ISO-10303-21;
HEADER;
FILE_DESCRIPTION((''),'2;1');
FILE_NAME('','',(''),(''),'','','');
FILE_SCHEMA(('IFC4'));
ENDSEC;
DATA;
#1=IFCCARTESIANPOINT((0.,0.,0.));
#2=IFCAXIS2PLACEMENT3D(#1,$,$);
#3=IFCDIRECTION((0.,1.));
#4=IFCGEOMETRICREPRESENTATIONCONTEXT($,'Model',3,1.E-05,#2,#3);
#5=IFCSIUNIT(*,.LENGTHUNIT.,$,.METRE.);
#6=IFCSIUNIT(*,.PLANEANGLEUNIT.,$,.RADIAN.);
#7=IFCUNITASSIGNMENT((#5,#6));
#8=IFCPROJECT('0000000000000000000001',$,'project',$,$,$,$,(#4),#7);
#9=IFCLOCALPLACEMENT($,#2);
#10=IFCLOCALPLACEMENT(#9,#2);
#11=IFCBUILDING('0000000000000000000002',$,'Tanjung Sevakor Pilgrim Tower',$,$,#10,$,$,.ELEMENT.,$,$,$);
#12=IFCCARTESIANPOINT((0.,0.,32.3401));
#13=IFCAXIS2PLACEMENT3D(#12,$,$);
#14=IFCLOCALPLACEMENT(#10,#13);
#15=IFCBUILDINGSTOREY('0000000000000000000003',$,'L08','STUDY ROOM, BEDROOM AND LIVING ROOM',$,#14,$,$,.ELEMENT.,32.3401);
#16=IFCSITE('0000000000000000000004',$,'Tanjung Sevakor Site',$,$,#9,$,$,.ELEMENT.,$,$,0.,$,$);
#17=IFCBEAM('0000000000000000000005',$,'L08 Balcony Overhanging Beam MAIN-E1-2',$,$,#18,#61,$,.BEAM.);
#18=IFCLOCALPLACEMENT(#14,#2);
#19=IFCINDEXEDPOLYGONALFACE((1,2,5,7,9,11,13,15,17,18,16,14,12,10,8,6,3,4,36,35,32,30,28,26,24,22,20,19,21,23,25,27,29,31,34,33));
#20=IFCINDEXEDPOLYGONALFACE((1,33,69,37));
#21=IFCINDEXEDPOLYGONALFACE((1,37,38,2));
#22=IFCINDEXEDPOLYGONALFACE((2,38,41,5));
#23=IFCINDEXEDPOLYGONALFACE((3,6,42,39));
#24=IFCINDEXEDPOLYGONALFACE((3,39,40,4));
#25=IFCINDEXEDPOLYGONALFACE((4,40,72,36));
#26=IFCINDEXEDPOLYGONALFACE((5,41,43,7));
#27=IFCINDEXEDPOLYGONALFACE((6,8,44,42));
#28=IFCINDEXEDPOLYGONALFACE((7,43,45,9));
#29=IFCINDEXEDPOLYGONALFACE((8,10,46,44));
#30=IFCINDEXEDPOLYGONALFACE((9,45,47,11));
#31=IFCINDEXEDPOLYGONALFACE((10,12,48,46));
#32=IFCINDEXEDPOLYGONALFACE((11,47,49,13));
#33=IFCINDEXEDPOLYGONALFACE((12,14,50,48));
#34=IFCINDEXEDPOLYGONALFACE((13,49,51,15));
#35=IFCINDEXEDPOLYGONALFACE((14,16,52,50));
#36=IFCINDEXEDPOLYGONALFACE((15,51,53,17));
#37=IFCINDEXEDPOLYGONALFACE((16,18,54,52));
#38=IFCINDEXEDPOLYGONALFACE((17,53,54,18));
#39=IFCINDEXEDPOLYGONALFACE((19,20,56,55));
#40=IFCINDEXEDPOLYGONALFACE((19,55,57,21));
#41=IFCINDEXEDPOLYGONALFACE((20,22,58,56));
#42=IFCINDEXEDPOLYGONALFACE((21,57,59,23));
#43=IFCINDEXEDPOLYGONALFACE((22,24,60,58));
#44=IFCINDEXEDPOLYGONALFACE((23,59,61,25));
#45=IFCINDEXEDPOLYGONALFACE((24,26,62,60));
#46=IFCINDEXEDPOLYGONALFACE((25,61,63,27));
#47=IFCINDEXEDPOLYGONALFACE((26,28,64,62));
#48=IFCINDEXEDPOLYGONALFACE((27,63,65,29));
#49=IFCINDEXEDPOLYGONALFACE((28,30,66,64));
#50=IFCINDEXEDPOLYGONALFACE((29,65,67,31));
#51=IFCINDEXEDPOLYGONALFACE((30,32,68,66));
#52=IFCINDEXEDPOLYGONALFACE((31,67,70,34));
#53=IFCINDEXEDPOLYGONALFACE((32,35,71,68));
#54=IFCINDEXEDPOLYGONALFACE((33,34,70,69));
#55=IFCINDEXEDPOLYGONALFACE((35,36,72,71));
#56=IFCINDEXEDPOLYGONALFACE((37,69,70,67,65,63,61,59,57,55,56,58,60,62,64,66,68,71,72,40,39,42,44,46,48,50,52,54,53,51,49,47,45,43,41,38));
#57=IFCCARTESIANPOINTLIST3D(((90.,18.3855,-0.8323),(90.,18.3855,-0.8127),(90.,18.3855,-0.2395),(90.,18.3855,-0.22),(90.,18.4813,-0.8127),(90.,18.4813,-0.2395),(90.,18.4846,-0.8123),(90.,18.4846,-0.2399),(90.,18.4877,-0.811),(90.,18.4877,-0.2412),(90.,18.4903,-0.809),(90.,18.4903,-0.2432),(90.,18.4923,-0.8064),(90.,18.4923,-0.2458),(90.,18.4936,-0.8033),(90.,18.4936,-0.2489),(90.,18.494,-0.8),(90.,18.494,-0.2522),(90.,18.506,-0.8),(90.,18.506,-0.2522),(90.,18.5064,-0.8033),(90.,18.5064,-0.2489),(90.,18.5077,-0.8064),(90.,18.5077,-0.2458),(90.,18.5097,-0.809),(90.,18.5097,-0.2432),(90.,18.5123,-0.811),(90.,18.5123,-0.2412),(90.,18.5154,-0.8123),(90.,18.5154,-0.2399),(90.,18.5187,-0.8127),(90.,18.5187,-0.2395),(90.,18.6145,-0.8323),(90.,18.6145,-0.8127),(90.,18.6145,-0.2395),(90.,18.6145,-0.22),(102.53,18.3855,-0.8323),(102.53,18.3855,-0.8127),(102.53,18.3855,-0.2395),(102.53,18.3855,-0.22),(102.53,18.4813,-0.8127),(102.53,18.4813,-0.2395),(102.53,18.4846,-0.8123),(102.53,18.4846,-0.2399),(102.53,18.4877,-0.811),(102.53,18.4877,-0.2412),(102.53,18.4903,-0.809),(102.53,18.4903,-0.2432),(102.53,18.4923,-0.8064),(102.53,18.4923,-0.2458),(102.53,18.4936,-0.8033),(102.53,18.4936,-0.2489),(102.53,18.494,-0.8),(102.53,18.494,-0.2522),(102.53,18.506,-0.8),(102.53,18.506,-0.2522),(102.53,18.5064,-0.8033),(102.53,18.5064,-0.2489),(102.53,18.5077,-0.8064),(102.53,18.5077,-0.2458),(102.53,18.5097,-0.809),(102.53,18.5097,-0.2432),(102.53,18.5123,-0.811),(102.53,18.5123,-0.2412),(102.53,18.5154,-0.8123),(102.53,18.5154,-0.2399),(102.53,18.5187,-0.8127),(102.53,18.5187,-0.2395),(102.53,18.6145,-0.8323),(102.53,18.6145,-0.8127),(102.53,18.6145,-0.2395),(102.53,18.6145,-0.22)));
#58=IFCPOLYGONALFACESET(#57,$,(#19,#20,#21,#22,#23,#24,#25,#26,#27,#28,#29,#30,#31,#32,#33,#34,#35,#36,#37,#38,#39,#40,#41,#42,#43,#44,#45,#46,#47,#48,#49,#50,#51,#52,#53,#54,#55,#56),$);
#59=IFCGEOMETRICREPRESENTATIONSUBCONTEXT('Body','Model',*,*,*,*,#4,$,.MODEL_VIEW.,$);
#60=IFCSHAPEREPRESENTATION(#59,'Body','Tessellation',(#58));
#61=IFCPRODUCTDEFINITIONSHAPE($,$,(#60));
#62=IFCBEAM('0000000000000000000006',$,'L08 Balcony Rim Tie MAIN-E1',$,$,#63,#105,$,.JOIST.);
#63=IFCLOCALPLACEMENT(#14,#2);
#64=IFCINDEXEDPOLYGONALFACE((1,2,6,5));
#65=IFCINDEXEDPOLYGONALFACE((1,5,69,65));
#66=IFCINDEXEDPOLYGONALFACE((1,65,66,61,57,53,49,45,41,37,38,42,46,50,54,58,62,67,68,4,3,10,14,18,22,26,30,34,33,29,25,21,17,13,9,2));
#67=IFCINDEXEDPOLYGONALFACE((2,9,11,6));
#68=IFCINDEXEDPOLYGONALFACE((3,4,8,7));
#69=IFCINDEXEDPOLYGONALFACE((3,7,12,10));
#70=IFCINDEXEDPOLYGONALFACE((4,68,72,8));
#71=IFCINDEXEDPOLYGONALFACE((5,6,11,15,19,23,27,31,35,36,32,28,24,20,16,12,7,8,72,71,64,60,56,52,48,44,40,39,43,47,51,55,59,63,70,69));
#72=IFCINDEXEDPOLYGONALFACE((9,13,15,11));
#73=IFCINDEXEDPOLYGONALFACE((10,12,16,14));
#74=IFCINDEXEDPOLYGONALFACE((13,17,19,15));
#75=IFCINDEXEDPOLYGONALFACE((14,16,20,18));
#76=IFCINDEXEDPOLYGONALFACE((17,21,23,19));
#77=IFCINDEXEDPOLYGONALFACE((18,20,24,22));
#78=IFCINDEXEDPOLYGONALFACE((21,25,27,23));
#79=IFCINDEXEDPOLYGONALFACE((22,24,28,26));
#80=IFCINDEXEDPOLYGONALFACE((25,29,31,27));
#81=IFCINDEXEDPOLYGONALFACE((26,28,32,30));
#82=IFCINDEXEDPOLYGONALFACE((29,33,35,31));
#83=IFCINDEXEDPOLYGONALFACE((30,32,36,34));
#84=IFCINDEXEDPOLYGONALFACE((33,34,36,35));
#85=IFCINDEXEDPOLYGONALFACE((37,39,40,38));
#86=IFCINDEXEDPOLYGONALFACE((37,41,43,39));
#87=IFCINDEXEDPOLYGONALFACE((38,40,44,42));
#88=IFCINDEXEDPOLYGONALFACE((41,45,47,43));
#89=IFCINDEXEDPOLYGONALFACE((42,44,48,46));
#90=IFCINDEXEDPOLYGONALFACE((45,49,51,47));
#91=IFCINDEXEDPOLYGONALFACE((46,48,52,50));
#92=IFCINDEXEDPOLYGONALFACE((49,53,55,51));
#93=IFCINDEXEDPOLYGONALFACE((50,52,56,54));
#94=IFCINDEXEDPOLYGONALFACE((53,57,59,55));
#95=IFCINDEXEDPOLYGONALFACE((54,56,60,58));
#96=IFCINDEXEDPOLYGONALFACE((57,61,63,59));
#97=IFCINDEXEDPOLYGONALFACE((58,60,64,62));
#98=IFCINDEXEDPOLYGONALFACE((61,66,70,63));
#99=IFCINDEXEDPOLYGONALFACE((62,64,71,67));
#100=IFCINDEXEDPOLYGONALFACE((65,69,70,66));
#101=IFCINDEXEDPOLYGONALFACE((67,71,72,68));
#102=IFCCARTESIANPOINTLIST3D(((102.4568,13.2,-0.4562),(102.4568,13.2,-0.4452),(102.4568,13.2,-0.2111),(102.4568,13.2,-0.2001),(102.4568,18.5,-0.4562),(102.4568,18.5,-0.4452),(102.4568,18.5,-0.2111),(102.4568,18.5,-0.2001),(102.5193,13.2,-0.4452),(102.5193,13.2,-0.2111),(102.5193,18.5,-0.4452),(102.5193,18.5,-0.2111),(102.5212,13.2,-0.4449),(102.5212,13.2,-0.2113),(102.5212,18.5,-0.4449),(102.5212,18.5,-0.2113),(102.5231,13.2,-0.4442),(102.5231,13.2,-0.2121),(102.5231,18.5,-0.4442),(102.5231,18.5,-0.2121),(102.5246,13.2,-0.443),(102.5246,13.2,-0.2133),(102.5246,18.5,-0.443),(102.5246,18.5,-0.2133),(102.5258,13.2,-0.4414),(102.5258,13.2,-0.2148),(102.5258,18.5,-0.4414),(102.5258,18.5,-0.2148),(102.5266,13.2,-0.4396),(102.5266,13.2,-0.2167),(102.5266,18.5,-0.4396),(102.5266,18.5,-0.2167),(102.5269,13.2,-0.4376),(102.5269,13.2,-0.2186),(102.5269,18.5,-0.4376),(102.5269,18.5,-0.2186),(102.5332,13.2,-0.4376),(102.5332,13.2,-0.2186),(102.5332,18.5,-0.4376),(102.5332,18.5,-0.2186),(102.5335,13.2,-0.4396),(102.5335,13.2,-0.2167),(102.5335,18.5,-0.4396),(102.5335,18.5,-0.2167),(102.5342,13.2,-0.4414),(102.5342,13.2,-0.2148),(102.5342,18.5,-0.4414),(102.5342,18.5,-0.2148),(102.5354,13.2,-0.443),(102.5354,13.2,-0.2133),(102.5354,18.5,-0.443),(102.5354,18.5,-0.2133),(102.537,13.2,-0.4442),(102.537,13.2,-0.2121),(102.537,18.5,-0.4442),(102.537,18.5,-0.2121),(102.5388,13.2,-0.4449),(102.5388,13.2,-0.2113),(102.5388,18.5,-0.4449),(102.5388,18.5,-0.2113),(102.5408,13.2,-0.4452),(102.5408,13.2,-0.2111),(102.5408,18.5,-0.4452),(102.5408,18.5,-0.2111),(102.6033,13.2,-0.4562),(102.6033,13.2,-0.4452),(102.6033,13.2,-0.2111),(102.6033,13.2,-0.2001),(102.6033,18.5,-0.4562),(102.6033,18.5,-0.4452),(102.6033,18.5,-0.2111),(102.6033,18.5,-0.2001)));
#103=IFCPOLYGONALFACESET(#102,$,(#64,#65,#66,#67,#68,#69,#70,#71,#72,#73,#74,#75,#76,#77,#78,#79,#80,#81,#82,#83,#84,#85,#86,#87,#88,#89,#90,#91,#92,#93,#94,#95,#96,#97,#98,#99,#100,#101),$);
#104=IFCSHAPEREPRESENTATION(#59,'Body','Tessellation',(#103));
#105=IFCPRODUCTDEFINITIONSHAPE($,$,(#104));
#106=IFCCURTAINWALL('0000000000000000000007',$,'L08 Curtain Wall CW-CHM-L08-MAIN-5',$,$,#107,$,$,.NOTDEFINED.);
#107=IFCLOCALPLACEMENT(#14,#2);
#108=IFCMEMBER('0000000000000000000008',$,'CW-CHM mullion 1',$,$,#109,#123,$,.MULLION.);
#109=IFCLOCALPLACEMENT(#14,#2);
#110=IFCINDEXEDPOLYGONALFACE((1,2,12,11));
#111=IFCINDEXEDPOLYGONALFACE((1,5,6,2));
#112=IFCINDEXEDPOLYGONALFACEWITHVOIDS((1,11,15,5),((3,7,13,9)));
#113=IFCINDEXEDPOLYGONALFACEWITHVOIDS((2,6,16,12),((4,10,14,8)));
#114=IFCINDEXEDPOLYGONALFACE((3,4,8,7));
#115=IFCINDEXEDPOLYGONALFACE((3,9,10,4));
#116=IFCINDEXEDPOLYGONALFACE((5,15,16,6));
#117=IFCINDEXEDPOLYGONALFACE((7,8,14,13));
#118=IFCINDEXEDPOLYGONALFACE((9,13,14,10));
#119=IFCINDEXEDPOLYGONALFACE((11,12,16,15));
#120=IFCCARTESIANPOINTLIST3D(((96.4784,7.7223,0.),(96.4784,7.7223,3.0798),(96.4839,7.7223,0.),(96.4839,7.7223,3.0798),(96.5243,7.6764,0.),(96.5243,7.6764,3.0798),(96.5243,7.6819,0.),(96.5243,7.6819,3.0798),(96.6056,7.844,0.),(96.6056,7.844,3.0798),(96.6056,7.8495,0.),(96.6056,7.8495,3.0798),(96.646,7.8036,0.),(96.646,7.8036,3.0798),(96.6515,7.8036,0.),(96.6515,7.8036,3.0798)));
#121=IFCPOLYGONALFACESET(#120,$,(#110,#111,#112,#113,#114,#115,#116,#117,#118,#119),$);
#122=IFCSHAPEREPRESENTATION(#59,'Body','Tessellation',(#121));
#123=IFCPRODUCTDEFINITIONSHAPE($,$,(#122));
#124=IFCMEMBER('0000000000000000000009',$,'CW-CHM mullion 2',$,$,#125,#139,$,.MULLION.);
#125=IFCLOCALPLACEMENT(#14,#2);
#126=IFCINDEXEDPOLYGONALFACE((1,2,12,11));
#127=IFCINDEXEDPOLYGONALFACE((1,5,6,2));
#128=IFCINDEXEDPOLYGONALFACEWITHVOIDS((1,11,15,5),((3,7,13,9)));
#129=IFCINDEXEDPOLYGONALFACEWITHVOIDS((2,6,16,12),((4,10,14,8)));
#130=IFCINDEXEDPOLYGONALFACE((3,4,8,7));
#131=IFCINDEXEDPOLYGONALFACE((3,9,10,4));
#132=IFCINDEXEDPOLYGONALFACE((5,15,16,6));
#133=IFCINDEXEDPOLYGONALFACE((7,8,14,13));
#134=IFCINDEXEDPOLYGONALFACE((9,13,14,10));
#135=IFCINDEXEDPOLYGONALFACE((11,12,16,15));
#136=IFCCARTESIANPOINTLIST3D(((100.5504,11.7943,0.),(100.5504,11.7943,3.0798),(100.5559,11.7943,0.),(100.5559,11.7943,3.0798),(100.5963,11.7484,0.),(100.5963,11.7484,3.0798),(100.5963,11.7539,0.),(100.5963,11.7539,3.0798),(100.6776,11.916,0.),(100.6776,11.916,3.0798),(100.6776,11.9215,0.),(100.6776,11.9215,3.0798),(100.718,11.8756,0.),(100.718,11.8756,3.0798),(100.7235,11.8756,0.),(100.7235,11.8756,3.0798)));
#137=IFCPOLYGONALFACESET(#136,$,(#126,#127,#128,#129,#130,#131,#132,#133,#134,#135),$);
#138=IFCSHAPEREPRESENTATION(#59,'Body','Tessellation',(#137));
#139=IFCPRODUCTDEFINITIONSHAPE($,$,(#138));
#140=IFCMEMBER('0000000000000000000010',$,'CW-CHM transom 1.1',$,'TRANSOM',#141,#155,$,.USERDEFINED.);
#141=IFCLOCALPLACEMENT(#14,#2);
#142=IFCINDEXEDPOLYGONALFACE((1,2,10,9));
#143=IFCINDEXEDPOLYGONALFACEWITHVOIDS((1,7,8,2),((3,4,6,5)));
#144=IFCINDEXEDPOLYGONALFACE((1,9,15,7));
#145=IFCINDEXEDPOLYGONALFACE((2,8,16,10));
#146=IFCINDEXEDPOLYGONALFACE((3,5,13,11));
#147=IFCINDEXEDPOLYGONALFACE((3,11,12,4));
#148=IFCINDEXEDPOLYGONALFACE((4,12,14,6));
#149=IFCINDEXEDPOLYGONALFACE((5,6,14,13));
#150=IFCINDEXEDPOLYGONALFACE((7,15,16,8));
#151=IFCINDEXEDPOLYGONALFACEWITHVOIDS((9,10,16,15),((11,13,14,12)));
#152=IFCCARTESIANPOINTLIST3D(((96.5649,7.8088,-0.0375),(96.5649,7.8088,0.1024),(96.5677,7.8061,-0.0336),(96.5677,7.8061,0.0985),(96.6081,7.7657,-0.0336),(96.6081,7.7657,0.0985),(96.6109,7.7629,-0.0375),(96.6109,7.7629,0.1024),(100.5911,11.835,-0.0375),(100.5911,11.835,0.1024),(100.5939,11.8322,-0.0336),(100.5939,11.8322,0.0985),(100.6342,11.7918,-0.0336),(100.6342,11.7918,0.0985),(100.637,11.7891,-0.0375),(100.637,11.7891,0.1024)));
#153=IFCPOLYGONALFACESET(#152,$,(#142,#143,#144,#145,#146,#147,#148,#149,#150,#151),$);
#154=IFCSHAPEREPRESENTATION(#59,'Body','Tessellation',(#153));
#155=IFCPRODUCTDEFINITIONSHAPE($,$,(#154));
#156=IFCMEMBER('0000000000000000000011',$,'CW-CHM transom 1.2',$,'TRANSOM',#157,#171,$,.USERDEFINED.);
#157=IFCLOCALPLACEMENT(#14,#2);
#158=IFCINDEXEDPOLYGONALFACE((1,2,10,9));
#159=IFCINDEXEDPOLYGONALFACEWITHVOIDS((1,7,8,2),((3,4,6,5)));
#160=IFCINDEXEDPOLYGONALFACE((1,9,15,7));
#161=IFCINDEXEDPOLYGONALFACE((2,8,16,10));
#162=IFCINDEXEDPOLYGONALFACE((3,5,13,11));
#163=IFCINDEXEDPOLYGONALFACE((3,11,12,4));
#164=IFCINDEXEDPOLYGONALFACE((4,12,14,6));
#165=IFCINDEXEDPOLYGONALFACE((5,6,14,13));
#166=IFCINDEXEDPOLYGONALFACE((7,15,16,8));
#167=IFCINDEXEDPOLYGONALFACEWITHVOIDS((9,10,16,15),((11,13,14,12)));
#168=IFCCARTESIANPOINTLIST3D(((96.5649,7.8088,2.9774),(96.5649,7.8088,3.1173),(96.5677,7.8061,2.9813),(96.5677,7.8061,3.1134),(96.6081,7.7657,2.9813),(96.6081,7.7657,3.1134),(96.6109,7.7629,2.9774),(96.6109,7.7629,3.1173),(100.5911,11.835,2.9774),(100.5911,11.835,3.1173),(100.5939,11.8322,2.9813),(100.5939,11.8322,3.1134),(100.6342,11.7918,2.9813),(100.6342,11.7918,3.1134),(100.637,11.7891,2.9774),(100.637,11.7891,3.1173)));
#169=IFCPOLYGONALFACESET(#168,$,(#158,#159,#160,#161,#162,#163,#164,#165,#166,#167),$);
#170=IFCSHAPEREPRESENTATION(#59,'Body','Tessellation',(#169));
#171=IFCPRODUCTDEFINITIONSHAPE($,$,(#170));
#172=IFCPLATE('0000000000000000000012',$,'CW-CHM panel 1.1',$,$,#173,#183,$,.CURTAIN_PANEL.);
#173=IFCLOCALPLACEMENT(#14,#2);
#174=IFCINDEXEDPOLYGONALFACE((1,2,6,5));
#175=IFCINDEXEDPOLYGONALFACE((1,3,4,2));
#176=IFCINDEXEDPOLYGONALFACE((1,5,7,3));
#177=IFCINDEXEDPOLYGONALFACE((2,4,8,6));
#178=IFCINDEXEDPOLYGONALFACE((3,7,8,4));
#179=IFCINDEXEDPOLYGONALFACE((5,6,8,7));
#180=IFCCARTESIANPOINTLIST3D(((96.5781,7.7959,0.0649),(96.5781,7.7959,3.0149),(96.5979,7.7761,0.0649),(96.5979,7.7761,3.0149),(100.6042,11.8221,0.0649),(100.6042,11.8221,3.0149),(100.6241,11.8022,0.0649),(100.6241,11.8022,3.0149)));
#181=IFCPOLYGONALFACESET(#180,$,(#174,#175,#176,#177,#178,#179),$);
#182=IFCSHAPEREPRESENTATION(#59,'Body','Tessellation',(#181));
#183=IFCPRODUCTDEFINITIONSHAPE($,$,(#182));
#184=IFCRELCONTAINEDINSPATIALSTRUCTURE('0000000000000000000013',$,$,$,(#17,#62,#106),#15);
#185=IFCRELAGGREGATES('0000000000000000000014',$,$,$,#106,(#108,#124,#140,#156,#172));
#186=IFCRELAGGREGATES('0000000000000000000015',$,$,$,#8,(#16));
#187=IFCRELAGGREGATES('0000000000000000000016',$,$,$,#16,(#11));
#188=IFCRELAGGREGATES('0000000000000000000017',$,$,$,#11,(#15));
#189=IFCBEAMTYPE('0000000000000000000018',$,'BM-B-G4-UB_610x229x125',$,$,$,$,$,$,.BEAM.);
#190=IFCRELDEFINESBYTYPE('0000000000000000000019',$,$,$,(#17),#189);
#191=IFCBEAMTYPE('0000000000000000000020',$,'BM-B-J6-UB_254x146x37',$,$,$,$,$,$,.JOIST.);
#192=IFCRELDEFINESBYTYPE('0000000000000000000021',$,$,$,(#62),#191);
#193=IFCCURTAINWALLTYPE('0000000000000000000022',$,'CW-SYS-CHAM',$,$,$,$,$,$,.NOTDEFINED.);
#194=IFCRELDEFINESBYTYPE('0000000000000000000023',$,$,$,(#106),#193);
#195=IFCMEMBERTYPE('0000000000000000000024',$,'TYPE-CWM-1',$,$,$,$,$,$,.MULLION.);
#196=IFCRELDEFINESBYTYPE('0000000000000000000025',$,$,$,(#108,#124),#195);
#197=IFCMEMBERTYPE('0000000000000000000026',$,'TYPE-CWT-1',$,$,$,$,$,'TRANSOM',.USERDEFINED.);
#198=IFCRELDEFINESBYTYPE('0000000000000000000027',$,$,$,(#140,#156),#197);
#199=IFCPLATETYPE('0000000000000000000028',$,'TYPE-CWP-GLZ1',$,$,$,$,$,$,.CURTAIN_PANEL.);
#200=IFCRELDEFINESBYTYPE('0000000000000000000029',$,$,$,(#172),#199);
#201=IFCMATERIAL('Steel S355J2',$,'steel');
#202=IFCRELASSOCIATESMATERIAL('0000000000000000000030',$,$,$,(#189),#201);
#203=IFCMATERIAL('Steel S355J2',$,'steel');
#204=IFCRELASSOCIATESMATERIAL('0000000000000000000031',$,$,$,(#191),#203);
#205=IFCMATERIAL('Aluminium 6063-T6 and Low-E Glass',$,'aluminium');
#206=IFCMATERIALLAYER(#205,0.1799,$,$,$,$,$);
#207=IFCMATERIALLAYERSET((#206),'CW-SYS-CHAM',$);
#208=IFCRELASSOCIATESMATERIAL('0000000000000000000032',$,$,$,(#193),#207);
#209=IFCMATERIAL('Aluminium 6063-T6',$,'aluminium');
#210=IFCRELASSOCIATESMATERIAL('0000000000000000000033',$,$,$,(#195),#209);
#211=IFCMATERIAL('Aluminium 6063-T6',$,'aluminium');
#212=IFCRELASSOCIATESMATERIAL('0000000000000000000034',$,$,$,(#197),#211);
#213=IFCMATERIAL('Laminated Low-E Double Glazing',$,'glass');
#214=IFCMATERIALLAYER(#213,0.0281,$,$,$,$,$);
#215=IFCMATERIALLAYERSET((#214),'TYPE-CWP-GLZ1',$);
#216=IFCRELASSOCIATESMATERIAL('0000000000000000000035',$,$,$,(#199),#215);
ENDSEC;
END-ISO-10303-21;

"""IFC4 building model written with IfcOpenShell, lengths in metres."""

from ifc_helpers import new_model, si_unit, direction, frame, origin, origin_2d, place, context, subcontext, project, spatial, rectangle, hollow_rectangle, i_section, extrude, material, layer, layer_set, material_profile, profile_set, type_object, element, aggregate, save


model = new_model("IFC4")

# Units and contexts
model_context = context("Model", 3, precision=1e-05, world=origin(), true_north=direction((0.0, 1.0)))
body_context = subcontext(model_context, "Body", "Model", "MODEL_VIEW")
ifc_project = project(units=[si_unit("LENGTHUNIT", "METRE"), si_unit("PLANEANGLEUNIT", "RADIAN")], contexts=[model_context])

# Site, building, storey
site_placement = place(None, origin())
site = spatial("IfcSite", under=ifc_project, at=site_placement, Name="Tanjung Sevakor Site", CompositionType="ELEMENT", RefElevation=0.0)
building_placement = place(site_placement, origin())
building = spatial("IfcBuilding", under=site, at=building_placement, Name="Tanjung Sevakor Pilgrim Tower", CompositionType="ELEMENT")
storey_placement = place(building_placement, frame((0.0, 0.0, 32.3401)))
storey = spatial("IfcBuildingStorey", under=building, at=storey_placement, Name="L08", Description="STUDY ROOM, BEDROOM AND LIVING ROOM", CompositionType="ELEMENT", Elevation=32.3401)

# Beams
ifc_material_1 = material(Name="Steel S355J2", Category="steel")
ifc_material_profile_1 = material_profile(ifc_material_1, i_section(OverallWidth=0.229, OverallDepth=0.6123, WebThickness=0.012, FlangeThickness=0.0195, FilletRadius=0.0127, at=origin_2d()))
ifc_profile_set_1 = profile_set([ifc_material_profile_1], Name="Steel S355J2")
beam_type_1 = type_object("IfcBeamType", Name="BM-B-G4-UB_610x229x125", PredefinedType="BEAM", material=ifc_profile_set_1)
beam_1_placement = place(storey_placement, frame((90.0, 18.5, -0.5261), z_axis=(1.0, 0.0, 0.0), x_axis=(0.0, 1.0, 0.0)))
element("IfcBeam", 1, at=beam_1_placement, inside=storey, type_object=beam_type_1, Name="L08 Balcony Overhanging Beam MAIN-E1-2", PredefinedType="BEAM", context=body_context, shape_type="SweptSolid", body=[
    extrude(i_section(OverallWidth=0.229, OverallDepth=0.6123, WebThickness=0.012, FlangeThickness=0.0195, FilletRadius=0.0127, at=origin_2d()), origin(), (0.0, 0.0, 1.0), 12.53),
])
ifc_material_2 = material(Name="Steel S355J2", Category="steel")
ifc_material_profile_2 = material_profile(ifc_material_2, i_section(OverallWidth=0.1465, OverallDepth=0.2561, WebThickness=0.0063, FlangeThickness=0.011, FilletRadius=0.0076, at=origin_2d()))
ifc_profile_set_2 = profile_set([ifc_material_profile_2], Name="Steel S355J2")
beam_type_2 = type_object("IfcBeamType", Name="BM-B-J6-UB_254x146x37", PredefinedType="JOIST", material=ifc_profile_set_2)
beam_2_placement = place(storey_placement, frame((102.53, 13.2, -0.3281), z_axis=(0.0, 1.0, 0.0), x_axis=(-1.0, 0.0, 0.0)))
element("IfcBeam", 2, at=beam_2_placement, inside=storey, type_object=beam_type_2, Name="L08 Balcony Rim Tie MAIN-E1", PredefinedType="JOIST", context=body_context, shape_type="SweptSolid", body=[
    extrude(i_section(OverallWidth=0.1465, OverallDepth=0.2561, WebThickness=0.0063, FlangeThickness=0.011, FilletRadius=0.0076, at=origin_2d()), origin(), (0.0, 0.0, 1.0), 5.3),
])

# Curtain wall, members, plate
ifc_material_3 = material(Name="Aluminium 6063-T6 and Low-E Glass", Category="aluminium")
ifc_layer_1 = layer(ifc_material_3, 0.1799)
ifc_layer_set_1 = layer_set([ifc_layer_1], Name="CW-SYS-CHAM")
curtain_wall_type = type_object("IfcCurtainWallType", Name="CW-SYS-CHAM", PredefinedType="NOTDEFINED", material=ifc_layer_set_1)
curtain_wall_placement = place(storey_placement, origin())
curtain_wall = element("IfcCurtainWall", 3, at=curtain_wall_placement, inside=storey, type_object=curtain_wall_type, Name="L08 Curtain Wall CW-CHM-L08-MAIN-5", PredefinedType="NOTDEFINED")
ifc_material_4 = material(Name="Aluminium 6063-T6", Category="aluminium")
ifc_material_profile_3 = material_profile(ifc_material_4, hollow_rectangle(XDim=0.0649, YDim=0.1799, WallThickness=0.0039, at=origin_2d()))
ifc_profile_set_3 = profile_set([ifc_material_profile_3], Name="Aluminium 6063-T6")
member_type_1 = type_object("IfcMemberType", Name="TYPE-CWM-1", PredefinedType="MULLION", material=ifc_profile_set_3)
member_1_placement = place(storey_placement, frame((96.5649, 7.7629, 0.0), z_axis=(0.0, 0.0, 1.0), x_axis=(-0.707107, 0.707107, 0.0)))
member_1 = element("IfcMember", 4, at=member_1_placement, type_object=member_type_1, Name="CW-CHM mullion 1", PredefinedType="MULLION", context=body_context, shape_type="SweptSolid", body=[
    extrude(hollow_rectangle(XDim=0.0649, YDim=0.1799, WallThickness=0.0039, at=origin_2d()), origin(), (0.0, 0.0, 1.0), 3.0798),
])
member_2_placement = place(storey_placement, frame((100.637, 11.835, 0.0), z_axis=(0.0, 0.0, 1.0), x_axis=(-0.707107, 0.707107, 0.0)))
member_2 = element("IfcMember", 5, at=member_2_placement, type_object=member_type_1, Name="CW-CHM mullion 2", PredefinedType="MULLION", context=body_context, shape_type="SweptSolid", body=[
    extrude(hollow_rectangle(XDim=0.0649, YDim=0.1799, WallThickness=0.0039, at=origin_2d()), origin(), (0.0, 0.0, 1.0), 3.0798),
])
ifc_material_5 = material(Name="Aluminium 6063-T6", Category="aluminium")
ifc_material_profile_4 = material_profile(ifc_material_5, hollow_rectangle(XDim=0.0649, YDim=0.1399, WallThickness=0.0039, at=origin_2d()))
ifc_profile_set_4 = profile_set([ifc_material_profile_4], Name="Aluminium 6063-T6")
member_type_2 = type_object("IfcMemberType", Name="TYPE-CWT-1", ElementType="TRANSOM", PredefinedType="USERDEFINED", material=ifc_profile_set_4)
member_3_placement = place(storey_placement, frame((96.5879, 7.7859, 0.0325), z_axis=(0.707107, 0.707107, 0.0), x_axis=(-0.707107, 0.707107, 0.0)))
member_3 = element("IfcMember", 6, at=member_3_placement, type_object=member_type_2, Name="CW-CHM transom 1.1", ObjectType="TRANSOM", PredefinedType="USERDEFINED", context=body_context, shape_type="SweptSolid", body=[
    extrude(hollow_rectangle(XDim=0.0649, YDim=0.1399, WallThickness=0.0039, at=origin_2d()), origin(), (0.0, 0.0, 1.0), 5.6938),
])
member_4_placement = place(storey_placement, frame((96.5879, 7.7859, 3.0474), z_axis=(0.707107, 0.707107, 0.0), x_axis=(-0.707107, 0.707107, 0.0)))
member_4 = element("IfcMember", 7, at=member_4_placement, type_object=member_type_2, Name="CW-CHM transom 1.2", ObjectType="TRANSOM", PredefinedType="USERDEFINED", context=body_context, shape_type="SweptSolid", body=[
    extrude(hollow_rectangle(XDim=0.0649, YDim=0.1399, WallThickness=0.0039, at=origin_2d()), origin(), (0.0, 0.0, 1.0), 5.6938),
])
ifc_material_6 = material(Name="Laminated Low-E Double Glazing", Category="glass")
ifc_layer_2 = layer(ifc_material_6, 0.0281)
ifc_layer_set_2 = layer_set([ifc_layer_2], Name="TYPE-CWP-GLZ1")
plate_type = type_object("IfcPlateType", Name="TYPE-CWP-GLZ1", PredefinedType="CURTAIN_PANEL", material=ifc_layer_set_2)
plate_placement = place(storey_placement, frame((98.6011, 9.7991, 0.0649), z_axis=(0.0, 0.0, 1.0), x_axis=(0.707107, 0.707107, 0.0)))
plate = element("IfcPlate", 8, at=plate_placement, type_object=plate_type, Name="CW-CHM panel 1.1", PredefinedType="CURTAIN_PANEL", context=body_context, shape_type="SweptSolid", body=[
    extrude(rectangle(XDim=5.6938, YDim=0.0281, at=origin_2d()), origin(), (0.0, 0.0, 1.0), 2.95),
])
aggregate(curtain_wall, [member_1, member_2, member_3, member_4, plate])

save(model, "model.ifc")
